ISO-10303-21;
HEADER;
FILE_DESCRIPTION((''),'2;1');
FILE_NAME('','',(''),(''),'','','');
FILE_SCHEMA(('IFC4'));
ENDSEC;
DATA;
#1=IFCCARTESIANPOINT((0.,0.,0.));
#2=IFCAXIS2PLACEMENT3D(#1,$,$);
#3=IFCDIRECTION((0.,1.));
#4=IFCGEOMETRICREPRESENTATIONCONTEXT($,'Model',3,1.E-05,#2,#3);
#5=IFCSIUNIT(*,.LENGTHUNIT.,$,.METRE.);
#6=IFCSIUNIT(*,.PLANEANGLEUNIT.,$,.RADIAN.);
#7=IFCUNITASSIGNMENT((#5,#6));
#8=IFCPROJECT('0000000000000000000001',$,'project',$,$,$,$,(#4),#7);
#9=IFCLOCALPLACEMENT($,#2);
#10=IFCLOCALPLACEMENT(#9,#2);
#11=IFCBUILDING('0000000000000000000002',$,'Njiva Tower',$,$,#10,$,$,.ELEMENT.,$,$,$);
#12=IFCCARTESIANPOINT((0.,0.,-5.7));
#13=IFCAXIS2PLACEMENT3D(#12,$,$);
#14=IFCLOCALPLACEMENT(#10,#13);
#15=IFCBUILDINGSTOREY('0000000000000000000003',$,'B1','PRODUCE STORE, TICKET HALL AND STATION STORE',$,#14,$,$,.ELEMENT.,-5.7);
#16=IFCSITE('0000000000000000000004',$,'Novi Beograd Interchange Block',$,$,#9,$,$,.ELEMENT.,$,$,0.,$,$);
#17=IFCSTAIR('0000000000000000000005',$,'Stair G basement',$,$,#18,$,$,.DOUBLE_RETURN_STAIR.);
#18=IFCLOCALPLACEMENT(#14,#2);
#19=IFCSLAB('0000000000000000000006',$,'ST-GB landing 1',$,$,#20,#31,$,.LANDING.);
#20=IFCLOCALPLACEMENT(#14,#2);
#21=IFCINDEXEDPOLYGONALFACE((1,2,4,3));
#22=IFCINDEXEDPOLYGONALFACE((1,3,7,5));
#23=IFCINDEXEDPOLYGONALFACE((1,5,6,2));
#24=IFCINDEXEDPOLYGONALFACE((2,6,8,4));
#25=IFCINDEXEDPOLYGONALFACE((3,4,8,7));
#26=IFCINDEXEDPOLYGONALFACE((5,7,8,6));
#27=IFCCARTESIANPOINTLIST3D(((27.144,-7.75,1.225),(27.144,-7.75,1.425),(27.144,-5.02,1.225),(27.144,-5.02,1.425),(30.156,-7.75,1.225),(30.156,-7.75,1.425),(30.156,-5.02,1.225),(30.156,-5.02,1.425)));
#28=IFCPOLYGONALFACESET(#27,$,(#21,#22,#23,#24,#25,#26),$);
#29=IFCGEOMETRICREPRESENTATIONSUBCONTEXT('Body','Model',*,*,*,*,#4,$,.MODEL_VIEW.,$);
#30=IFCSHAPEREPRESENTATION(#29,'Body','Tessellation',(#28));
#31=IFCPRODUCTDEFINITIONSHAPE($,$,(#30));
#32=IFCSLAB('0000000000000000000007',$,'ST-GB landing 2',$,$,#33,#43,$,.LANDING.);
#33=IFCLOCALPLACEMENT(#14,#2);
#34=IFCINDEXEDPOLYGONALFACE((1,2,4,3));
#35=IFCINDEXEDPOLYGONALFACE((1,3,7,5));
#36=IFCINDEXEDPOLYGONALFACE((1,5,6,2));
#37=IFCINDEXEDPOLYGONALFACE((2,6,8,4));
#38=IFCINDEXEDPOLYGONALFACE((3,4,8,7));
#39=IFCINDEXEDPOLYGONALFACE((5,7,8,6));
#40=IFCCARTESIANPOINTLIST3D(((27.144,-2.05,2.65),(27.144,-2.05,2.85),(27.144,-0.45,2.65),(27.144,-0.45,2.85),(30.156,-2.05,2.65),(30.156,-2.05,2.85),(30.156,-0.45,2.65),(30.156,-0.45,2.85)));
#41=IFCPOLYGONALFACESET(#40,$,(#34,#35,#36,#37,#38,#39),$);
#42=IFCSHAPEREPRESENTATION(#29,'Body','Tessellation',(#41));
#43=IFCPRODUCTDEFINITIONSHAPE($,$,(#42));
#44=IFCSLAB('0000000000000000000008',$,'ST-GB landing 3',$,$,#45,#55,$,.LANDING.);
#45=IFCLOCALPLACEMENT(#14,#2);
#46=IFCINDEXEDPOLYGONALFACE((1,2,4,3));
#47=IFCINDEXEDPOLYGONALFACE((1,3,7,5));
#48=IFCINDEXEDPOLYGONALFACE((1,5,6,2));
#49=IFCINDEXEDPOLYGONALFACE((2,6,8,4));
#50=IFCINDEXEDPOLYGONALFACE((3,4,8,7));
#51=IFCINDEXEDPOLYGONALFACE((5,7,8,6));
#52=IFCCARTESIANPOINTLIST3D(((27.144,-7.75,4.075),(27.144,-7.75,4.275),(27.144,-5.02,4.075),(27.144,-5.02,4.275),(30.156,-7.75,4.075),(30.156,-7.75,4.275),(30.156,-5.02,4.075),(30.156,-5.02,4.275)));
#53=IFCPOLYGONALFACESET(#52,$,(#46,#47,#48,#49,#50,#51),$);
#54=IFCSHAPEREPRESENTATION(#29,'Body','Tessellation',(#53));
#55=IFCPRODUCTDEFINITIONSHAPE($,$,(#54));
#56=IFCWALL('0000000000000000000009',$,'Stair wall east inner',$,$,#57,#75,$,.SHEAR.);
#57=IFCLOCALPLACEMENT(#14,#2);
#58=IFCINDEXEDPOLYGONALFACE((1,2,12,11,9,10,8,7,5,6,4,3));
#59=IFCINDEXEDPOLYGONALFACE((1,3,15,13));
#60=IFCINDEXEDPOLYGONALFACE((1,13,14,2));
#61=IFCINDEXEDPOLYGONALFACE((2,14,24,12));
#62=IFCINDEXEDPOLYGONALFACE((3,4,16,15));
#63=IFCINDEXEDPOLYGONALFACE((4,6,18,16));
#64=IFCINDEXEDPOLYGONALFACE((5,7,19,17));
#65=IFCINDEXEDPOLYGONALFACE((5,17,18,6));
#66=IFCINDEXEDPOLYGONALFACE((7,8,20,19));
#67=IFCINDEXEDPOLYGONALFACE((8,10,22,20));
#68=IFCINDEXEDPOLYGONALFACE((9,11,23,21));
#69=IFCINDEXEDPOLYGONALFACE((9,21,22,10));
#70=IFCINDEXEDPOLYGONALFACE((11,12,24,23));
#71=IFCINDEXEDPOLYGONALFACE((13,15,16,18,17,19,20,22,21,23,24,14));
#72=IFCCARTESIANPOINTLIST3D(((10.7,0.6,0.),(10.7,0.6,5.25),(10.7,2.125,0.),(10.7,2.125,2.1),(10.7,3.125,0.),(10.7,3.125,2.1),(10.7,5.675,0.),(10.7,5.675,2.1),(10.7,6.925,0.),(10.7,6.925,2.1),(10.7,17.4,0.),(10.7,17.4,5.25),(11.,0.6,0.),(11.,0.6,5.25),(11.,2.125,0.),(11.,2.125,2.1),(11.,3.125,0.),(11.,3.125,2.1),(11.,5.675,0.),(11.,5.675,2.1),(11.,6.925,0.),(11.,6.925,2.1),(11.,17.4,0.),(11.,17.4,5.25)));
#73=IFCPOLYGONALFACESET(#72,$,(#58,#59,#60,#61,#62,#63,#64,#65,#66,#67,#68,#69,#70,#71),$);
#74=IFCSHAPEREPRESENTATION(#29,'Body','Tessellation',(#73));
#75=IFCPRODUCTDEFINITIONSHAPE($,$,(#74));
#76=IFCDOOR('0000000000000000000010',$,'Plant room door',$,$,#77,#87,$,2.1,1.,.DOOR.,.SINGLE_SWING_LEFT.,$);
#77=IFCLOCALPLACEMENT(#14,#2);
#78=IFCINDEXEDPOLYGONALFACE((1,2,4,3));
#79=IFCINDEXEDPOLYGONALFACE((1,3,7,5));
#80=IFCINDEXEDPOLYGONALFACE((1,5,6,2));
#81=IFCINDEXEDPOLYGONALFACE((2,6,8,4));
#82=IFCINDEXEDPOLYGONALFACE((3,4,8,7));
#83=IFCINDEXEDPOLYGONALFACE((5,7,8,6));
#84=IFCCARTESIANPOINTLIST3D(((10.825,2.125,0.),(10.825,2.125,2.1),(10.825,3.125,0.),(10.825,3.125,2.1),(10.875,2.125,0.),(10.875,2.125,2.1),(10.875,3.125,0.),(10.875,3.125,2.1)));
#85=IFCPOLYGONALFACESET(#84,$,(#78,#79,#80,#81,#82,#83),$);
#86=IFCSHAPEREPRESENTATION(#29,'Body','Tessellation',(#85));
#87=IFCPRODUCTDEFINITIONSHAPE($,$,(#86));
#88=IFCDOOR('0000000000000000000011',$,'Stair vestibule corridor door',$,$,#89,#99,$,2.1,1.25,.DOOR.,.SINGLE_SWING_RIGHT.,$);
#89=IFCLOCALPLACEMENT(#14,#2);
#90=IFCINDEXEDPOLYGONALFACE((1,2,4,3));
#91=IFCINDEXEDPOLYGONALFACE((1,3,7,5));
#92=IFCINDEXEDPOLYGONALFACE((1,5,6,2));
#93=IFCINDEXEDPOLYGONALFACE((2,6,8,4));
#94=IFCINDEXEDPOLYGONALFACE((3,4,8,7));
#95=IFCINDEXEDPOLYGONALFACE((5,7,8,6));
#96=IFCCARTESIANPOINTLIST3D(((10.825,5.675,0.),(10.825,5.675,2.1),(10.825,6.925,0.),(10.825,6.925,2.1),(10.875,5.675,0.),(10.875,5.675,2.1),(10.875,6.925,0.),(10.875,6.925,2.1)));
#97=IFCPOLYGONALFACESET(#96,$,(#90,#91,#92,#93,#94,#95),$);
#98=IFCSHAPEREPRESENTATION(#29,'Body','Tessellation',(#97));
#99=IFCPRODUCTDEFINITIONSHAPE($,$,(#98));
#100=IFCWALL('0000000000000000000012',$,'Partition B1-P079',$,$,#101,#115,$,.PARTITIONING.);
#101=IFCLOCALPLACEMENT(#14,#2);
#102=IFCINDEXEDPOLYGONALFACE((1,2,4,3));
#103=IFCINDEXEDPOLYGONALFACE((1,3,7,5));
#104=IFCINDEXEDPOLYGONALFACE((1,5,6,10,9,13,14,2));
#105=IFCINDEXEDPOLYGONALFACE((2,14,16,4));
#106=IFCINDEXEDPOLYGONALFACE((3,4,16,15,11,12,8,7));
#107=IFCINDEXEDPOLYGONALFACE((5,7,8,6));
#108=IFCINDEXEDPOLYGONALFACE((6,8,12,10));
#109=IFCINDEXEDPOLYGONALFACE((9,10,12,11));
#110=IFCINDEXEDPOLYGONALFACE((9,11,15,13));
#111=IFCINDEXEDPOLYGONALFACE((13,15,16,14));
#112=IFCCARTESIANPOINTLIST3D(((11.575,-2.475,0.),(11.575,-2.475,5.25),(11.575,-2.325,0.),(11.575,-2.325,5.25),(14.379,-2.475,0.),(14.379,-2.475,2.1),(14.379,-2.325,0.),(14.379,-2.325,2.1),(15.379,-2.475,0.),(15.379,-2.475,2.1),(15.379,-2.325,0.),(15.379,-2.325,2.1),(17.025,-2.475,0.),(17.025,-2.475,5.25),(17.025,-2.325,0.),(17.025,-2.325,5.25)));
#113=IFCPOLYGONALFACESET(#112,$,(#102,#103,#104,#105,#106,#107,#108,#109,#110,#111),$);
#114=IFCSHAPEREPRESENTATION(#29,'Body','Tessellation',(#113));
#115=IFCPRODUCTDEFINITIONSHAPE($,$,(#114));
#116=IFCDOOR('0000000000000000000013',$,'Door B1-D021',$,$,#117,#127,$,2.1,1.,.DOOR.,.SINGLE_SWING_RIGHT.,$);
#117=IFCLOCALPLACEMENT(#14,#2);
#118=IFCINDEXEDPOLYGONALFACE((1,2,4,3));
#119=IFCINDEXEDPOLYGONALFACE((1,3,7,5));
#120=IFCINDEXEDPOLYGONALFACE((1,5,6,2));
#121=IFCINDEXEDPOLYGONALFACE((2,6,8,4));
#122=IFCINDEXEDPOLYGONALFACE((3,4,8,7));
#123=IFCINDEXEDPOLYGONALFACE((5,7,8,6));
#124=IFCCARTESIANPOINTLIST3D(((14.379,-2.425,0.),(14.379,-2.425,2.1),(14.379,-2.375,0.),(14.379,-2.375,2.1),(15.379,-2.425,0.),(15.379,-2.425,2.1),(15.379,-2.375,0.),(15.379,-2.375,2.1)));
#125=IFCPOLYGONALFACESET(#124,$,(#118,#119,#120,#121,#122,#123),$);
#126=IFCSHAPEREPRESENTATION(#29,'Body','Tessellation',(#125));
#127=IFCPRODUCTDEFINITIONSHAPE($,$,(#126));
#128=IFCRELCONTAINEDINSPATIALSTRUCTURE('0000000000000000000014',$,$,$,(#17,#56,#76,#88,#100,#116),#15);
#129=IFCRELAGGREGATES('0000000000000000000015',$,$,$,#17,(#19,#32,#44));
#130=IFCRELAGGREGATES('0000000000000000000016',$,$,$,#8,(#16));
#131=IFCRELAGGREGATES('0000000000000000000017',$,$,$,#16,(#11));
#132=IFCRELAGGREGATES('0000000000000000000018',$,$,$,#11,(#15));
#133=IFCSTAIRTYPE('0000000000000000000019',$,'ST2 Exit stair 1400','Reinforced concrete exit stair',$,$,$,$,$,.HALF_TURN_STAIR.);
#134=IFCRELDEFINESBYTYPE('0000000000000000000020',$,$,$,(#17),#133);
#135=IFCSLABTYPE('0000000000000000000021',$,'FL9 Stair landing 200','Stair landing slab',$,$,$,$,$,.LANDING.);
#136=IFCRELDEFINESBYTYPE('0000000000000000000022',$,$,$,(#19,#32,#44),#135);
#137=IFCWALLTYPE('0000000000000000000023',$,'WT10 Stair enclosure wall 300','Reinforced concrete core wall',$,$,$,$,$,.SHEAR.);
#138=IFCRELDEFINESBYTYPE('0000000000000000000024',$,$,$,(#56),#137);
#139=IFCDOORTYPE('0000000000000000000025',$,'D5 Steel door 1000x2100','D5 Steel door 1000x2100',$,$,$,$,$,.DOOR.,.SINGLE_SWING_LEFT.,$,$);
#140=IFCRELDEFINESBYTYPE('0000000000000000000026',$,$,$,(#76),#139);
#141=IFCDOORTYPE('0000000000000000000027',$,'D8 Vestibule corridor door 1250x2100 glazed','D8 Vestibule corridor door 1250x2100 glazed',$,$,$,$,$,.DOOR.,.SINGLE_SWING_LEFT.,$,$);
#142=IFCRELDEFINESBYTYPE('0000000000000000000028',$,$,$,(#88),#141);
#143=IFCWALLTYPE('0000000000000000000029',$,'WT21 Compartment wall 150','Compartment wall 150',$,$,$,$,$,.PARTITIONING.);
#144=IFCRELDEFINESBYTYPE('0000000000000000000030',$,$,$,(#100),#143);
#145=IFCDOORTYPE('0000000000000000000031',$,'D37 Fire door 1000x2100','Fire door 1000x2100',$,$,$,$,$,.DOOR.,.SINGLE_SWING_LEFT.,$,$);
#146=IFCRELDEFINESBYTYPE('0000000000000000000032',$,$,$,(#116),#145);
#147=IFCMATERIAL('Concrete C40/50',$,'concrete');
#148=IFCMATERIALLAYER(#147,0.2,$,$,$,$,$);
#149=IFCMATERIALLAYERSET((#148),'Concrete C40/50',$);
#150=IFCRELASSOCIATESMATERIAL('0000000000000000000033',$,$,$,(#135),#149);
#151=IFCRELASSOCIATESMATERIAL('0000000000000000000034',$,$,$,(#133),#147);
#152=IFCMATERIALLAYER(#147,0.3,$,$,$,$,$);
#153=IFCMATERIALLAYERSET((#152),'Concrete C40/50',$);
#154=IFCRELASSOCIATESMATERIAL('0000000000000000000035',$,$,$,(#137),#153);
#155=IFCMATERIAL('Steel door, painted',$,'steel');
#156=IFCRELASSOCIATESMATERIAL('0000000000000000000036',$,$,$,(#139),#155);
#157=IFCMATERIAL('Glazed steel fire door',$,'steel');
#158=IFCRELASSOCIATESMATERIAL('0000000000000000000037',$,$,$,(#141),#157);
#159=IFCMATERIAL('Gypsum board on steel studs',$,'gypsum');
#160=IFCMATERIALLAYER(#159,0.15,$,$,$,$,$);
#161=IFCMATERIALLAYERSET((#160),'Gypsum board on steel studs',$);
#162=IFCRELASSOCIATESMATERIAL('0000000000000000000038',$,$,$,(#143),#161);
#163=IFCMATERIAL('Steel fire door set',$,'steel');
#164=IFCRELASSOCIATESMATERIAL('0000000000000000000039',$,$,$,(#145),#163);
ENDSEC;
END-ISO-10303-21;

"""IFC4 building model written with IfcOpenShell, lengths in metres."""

from ifc_helpers import new_model, si_unit, direction, frame, frame_2d, origin, place, context, subcontext, project, spatial, polyline, rectangle, outline, extrude, material, layer, layer_set, type_object, element, fill, aggregate, save


model = new_model("IFC4")

# Units and contexts
model_context = context("Model", 3, precision=1e-05, world=origin(), true_north=direction((0.0, 1.0)))
body_context = subcontext(model_context, "Body", "Model", "MODEL_VIEW")
ifc_project = project(units=[si_unit("LENGTHUNIT", "METRE"), si_unit("PLANEANGLEUNIT", "RADIAN")], contexts=[model_context])

# Site, building, storey
site_placement = place(None, origin())
site = spatial("IfcSite", under=ifc_project, at=site_placement, Name="Novi Beograd Interchange Block", CompositionType="ELEMENT", RefElevation=0.0)
building_placement = place(site_placement, origin())
building = spatial("IfcBuilding", under=site, at=building_placement, Name="Njiva Tower", CompositionType="ELEMENT")
storey_placement = place(building_placement, frame((0.0, 0.0, -5.7)))
storey = spatial("IfcBuildingStorey", under=building, at=storey_placement, Name="B1", Description="PRODUCE STORE, TICKET HALL AND STATION STORE", CompositionType="ELEMENT", Elevation=-5.7)

# Stair, slabs
ifc_material_1 = material(Name="Concrete C40/50", Category="concrete")
ifc_layer_1 = layer(ifc_material_1, 0.2)
ifc_layer_set_1 = layer_set([ifc_layer_1], Name="Concrete C40/50")
slab_type = type_object("IfcSlabType", Name="FL9 Stair landing 200", Description="Stair landing slab", PredefinedType="LANDING", material=ifc_layer_set_1)
stair_type_1 = type_object("IfcStairType", Name="ST2 Exit stair 1400", Description="Reinforced concrete exit stair", PredefinedType="HALF_TURN_STAIR", material=ifc_material_1)
stair_1_placement = place(storey_placement, origin())
stair_1 = element("IfcStair", 1, at=stair_1_placement, inside=storey, type_object=stair_type_1, Name="Stair G basement", PredefinedType="DOUBLE_RETURN_STAIR")
slab_1_placement = place(storey_placement, frame((0.0, 0.0, 1.225)))
slab_1 = element("IfcSlab", 2, at=slab_1_placement, type_object=slab_type, Name="ST-GB landing 1", PredefinedType="LANDING", context=body_context, shape_type="SweptSolid", body=[
    extrude(outline(polyline([(27.144, -7.75), (30.156, -7.75), (30.156, -5.02), (27.144, -5.02), (27.144, -7.75)])), origin(), (0.0, 0.0, 1.0), 0.2),
])
slab_2_placement = place(storey_placement, frame((0.0, 0.0, 2.65)))
slab_2 = element("IfcSlab", 3, at=slab_2_placement, type_object=slab_type, Name="ST-GB landing 2", PredefinedType="LANDING", context=body_context, shape_type="SweptSolid", body=[
    extrude(outline(polyline([(27.144, -2.05), (30.156, -2.05), (30.156, -0.45), (27.144, -0.45), (27.144, -2.05)])), origin(), (0.0, 0.0, 1.0), 0.2),
])
slab_3_placement = place(storey_placement, frame((0.0, 0.0, 4.075)))
slab_3 = element("IfcSlab", 4, at=slab_3_placement, type_object=slab_type, Name="ST-GB landing 3", PredefinedType="LANDING", context=body_context, shape_type="SweptSolid", body=[
    extrude(outline(polyline([(27.144, -7.75), (30.156, -7.75), (30.156, -5.02), (27.144, -5.02), (27.144, -7.75)])), origin(), (0.0, 0.0, 1.0), 0.2),
])
aggregate(stair_1, [slab_1, slab_2, slab_3])

# Wall, openings, doors
ifc_layer_2 = layer(ifc_material_1, 0.3)
ifc_layer_set_2 = layer_set([ifc_layer_2], Name="Concrete C40/50")
wall_type_1 = type_object("IfcWallType", Name="WT10 Stair enclosure wall 300", Description="Reinforced concrete core wall", PredefinedType="SHEAR", material=ifc_layer_set_2)
wall_1_placement = place(storey_placement, frame((10.85, 0.6, 0.0), z_axis=(0.0, 0.0, 1.0), x_axis=(0.0, 1.0, 0.0)))
wall_1 = element("IfcWall", 5, at=wall_1_placement, inside=storey, type_object=wall_type_1, Name="Stair wall east inner", PredefinedType="SHEAR", context=body_context, shape_type="SweptSolid", body=[
    extrude(rectangle(XDim=16.8, YDim=0.3, at=frame_2d((8.4, 0.0))), origin(), (0.0, 0.0, 1.0), 5.25),
])
opening_1_placement = place(wall_1_placement, frame((5.075, 0.0, 0.0)))
opening_1 = element("IfcOpeningElement", 6, at=opening_1_placement, cuts=wall_1, PredefinedType="OPENING", context=body_context, shape_type="SweptSolid", body=[
    extrude(rectangle(XDim=1.25, YDim=2.1, at=frame_2d((0.625, 1.05))), frame((0.0, 0.16, 0.0), z_axis=(0.0, -1.0, 0.0), x_axis=(1.0, 0.0, 0.0)), (0.0, 0.0, 1.0), 0.32),
])
opening_2_placement = place(wall_1_placement, frame((1.525, 0.0, 0.0)))
opening_2 = element("IfcOpeningElement", 7, at=opening_2_placement, cuts=wall_1, PredefinedType="OPENING", context=body_context, shape_type="SweptSolid", body=[
    extrude(rectangle(XDim=1.0, YDim=2.1, at=frame_2d((0.5, 1.05))), frame((0.0, 0.16, 0.0), z_axis=(0.0, -1.0, 0.0), x_axis=(1.0, 0.0, 0.0)), (0.0, 0.0, 1.0), 0.32),
])
ifc_material_2 = material(Name="Steel door, painted", Category="steel")
door_type_1 = type_object("IfcDoorType", Name="D5 Steel door 1000x2100", Description="D5 Steel door 1000x2100", OperationType="SINGLE_SWING_LEFT", PredefinedType="DOOR", material=ifc_material_2)
door_1_placement = place(opening_2_placement, origin())
door_1 = element("IfcDoor", 8, at=door_1_placement, inside=storey, type_object=door_type_1, Name="Plant room door", OperationType="SINGLE_SWING_LEFT", OverallHeight=2.1, OverallWidth=1.0, PredefinedType="DOOR", context=body_context, shape_type="SweptSolid", body=[
    extrude(rectangle(XDim=1.0, YDim=2.1, at=frame_2d((0.5, 1.05))), frame((0.0, 0.025, 0.0), z_axis=(0.0, -1.0, 0.0), x_axis=(1.0, 0.0, 0.0)), (0.0, 0.0, 1.0), 0.05),
])
fill(opening_2, door_1)
ifc_material_3 = material(Name="Glazed steel fire door", Category="steel")
door_type_2 = type_object("IfcDoorType", Name="D8 Vestibule corridor door 1250x2100 glazed", Description="D8 Vestibule corridor door 1250x2100 glazed", OperationType="SINGLE_SWING_LEFT", PredefinedType="DOOR", material=ifc_material_3)
door_2_placement = place(opening_1_placement, origin())
door_2 = element("IfcDoor", 9, at=door_2_placement, inside=storey, type_object=door_type_2, Name="Stair vestibule corridor door", OperationType="SINGLE_SWING_RIGHT", OverallHeight=2.1, OverallWidth=1.25, PredefinedType="DOOR", context=body_context, shape_type="SweptSolid", body=[
    extrude(rectangle(XDim=1.25, YDim=2.1, at=frame_2d((0.625, 1.05))), frame((0.0, 0.025, 0.0), z_axis=(0.0, -1.0, 0.0), x_axis=(1.0, 0.0, 0.0)), (0.0, 0.0, 1.0), 0.05),
])
fill(opening_1, door_2)

# Wall, opening, door
ifc_material_4 = material(Name="Gypsum board on steel studs", Category="gypsum")
ifc_layer_3 = layer(ifc_material_4, 0.15)
ifc_layer_set_3 = layer_set([ifc_layer_3], Name="Gypsum board on steel studs")
wall_type_2 = type_object("IfcWallType", Name="WT21 Compartment wall 150", Description="Compartment wall 150", PredefinedType="PARTITIONING", material=ifc_layer_set_3)
wall_2_placement = place(storey_placement, frame((11.575, -2.4, 0.0), z_axis=(0.0, 0.0, 1.0), x_axis=(1.0, 0.0, 0.0)))
wall_2 = element("IfcWall", 10, at=wall_2_placement, inside=storey, type_object=wall_type_2, Name="Partition B1-P079", PredefinedType="PARTITIONING", context=body_context, shape_type="SweptSolid", body=[
    extrude(rectangle(XDim=5.45, YDim=0.15, at=frame_2d((2.725, 0.0))), origin(), (0.0, 0.0, 1.0), 5.25),
])
opening_3_placement = place(wall_2_placement, frame((2.804, 0.0, 0.0)))
opening_3 = element("IfcOpeningElement", 11, at=opening_3_placement, cuts=wall_2, PredefinedType="OPENING", context=body_context, shape_type="SweptSolid", body=[
    extrude(rectangle(XDim=1.0, YDim=2.1, at=frame_2d((0.5, 1.05))), frame((0.0, 0.085, 0.0), z_axis=(0.0, -1.0, 0.0), x_axis=(1.0, 0.0, 0.0)), (0.0, 0.0, 1.0), 0.17),
])
ifc_material_5 = material(Name="Steel fire door set", Category="steel")
door_type_3 = type_object("IfcDoorType", Name="D37 Fire door 1000x2100", Description="Fire door 1000x2100", OperationType="SINGLE_SWING_LEFT", PredefinedType="DOOR", material=ifc_material_5)
door_3_placement = place(opening_3_placement, origin())
door_3 = element("IfcDoor", 12, at=door_3_placement, inside=storey, type_object=door_type_3, Name="Door B1-D021", OperationType="SINGLE_SWING_RIGHT", OverallHeight=2.1, OverallWidth=1.0, PredefinedType="DOOR", context=body_context, shape_type="SweptSolid", body=[
    extrude(rectangle(XDim=1.0, YDim=2.1, at=frame_2d((0.5, 1.05))), frame((0.0, 0.025, 0.0), z_axis=(0.0, -1.0, 0.0), x_axis=(1.0, 0.0, 0.0)), (0.0, 0.0, 1.0), 0.05),
])
fill(opening_3, door_3)

save(model, "model.ifc")
